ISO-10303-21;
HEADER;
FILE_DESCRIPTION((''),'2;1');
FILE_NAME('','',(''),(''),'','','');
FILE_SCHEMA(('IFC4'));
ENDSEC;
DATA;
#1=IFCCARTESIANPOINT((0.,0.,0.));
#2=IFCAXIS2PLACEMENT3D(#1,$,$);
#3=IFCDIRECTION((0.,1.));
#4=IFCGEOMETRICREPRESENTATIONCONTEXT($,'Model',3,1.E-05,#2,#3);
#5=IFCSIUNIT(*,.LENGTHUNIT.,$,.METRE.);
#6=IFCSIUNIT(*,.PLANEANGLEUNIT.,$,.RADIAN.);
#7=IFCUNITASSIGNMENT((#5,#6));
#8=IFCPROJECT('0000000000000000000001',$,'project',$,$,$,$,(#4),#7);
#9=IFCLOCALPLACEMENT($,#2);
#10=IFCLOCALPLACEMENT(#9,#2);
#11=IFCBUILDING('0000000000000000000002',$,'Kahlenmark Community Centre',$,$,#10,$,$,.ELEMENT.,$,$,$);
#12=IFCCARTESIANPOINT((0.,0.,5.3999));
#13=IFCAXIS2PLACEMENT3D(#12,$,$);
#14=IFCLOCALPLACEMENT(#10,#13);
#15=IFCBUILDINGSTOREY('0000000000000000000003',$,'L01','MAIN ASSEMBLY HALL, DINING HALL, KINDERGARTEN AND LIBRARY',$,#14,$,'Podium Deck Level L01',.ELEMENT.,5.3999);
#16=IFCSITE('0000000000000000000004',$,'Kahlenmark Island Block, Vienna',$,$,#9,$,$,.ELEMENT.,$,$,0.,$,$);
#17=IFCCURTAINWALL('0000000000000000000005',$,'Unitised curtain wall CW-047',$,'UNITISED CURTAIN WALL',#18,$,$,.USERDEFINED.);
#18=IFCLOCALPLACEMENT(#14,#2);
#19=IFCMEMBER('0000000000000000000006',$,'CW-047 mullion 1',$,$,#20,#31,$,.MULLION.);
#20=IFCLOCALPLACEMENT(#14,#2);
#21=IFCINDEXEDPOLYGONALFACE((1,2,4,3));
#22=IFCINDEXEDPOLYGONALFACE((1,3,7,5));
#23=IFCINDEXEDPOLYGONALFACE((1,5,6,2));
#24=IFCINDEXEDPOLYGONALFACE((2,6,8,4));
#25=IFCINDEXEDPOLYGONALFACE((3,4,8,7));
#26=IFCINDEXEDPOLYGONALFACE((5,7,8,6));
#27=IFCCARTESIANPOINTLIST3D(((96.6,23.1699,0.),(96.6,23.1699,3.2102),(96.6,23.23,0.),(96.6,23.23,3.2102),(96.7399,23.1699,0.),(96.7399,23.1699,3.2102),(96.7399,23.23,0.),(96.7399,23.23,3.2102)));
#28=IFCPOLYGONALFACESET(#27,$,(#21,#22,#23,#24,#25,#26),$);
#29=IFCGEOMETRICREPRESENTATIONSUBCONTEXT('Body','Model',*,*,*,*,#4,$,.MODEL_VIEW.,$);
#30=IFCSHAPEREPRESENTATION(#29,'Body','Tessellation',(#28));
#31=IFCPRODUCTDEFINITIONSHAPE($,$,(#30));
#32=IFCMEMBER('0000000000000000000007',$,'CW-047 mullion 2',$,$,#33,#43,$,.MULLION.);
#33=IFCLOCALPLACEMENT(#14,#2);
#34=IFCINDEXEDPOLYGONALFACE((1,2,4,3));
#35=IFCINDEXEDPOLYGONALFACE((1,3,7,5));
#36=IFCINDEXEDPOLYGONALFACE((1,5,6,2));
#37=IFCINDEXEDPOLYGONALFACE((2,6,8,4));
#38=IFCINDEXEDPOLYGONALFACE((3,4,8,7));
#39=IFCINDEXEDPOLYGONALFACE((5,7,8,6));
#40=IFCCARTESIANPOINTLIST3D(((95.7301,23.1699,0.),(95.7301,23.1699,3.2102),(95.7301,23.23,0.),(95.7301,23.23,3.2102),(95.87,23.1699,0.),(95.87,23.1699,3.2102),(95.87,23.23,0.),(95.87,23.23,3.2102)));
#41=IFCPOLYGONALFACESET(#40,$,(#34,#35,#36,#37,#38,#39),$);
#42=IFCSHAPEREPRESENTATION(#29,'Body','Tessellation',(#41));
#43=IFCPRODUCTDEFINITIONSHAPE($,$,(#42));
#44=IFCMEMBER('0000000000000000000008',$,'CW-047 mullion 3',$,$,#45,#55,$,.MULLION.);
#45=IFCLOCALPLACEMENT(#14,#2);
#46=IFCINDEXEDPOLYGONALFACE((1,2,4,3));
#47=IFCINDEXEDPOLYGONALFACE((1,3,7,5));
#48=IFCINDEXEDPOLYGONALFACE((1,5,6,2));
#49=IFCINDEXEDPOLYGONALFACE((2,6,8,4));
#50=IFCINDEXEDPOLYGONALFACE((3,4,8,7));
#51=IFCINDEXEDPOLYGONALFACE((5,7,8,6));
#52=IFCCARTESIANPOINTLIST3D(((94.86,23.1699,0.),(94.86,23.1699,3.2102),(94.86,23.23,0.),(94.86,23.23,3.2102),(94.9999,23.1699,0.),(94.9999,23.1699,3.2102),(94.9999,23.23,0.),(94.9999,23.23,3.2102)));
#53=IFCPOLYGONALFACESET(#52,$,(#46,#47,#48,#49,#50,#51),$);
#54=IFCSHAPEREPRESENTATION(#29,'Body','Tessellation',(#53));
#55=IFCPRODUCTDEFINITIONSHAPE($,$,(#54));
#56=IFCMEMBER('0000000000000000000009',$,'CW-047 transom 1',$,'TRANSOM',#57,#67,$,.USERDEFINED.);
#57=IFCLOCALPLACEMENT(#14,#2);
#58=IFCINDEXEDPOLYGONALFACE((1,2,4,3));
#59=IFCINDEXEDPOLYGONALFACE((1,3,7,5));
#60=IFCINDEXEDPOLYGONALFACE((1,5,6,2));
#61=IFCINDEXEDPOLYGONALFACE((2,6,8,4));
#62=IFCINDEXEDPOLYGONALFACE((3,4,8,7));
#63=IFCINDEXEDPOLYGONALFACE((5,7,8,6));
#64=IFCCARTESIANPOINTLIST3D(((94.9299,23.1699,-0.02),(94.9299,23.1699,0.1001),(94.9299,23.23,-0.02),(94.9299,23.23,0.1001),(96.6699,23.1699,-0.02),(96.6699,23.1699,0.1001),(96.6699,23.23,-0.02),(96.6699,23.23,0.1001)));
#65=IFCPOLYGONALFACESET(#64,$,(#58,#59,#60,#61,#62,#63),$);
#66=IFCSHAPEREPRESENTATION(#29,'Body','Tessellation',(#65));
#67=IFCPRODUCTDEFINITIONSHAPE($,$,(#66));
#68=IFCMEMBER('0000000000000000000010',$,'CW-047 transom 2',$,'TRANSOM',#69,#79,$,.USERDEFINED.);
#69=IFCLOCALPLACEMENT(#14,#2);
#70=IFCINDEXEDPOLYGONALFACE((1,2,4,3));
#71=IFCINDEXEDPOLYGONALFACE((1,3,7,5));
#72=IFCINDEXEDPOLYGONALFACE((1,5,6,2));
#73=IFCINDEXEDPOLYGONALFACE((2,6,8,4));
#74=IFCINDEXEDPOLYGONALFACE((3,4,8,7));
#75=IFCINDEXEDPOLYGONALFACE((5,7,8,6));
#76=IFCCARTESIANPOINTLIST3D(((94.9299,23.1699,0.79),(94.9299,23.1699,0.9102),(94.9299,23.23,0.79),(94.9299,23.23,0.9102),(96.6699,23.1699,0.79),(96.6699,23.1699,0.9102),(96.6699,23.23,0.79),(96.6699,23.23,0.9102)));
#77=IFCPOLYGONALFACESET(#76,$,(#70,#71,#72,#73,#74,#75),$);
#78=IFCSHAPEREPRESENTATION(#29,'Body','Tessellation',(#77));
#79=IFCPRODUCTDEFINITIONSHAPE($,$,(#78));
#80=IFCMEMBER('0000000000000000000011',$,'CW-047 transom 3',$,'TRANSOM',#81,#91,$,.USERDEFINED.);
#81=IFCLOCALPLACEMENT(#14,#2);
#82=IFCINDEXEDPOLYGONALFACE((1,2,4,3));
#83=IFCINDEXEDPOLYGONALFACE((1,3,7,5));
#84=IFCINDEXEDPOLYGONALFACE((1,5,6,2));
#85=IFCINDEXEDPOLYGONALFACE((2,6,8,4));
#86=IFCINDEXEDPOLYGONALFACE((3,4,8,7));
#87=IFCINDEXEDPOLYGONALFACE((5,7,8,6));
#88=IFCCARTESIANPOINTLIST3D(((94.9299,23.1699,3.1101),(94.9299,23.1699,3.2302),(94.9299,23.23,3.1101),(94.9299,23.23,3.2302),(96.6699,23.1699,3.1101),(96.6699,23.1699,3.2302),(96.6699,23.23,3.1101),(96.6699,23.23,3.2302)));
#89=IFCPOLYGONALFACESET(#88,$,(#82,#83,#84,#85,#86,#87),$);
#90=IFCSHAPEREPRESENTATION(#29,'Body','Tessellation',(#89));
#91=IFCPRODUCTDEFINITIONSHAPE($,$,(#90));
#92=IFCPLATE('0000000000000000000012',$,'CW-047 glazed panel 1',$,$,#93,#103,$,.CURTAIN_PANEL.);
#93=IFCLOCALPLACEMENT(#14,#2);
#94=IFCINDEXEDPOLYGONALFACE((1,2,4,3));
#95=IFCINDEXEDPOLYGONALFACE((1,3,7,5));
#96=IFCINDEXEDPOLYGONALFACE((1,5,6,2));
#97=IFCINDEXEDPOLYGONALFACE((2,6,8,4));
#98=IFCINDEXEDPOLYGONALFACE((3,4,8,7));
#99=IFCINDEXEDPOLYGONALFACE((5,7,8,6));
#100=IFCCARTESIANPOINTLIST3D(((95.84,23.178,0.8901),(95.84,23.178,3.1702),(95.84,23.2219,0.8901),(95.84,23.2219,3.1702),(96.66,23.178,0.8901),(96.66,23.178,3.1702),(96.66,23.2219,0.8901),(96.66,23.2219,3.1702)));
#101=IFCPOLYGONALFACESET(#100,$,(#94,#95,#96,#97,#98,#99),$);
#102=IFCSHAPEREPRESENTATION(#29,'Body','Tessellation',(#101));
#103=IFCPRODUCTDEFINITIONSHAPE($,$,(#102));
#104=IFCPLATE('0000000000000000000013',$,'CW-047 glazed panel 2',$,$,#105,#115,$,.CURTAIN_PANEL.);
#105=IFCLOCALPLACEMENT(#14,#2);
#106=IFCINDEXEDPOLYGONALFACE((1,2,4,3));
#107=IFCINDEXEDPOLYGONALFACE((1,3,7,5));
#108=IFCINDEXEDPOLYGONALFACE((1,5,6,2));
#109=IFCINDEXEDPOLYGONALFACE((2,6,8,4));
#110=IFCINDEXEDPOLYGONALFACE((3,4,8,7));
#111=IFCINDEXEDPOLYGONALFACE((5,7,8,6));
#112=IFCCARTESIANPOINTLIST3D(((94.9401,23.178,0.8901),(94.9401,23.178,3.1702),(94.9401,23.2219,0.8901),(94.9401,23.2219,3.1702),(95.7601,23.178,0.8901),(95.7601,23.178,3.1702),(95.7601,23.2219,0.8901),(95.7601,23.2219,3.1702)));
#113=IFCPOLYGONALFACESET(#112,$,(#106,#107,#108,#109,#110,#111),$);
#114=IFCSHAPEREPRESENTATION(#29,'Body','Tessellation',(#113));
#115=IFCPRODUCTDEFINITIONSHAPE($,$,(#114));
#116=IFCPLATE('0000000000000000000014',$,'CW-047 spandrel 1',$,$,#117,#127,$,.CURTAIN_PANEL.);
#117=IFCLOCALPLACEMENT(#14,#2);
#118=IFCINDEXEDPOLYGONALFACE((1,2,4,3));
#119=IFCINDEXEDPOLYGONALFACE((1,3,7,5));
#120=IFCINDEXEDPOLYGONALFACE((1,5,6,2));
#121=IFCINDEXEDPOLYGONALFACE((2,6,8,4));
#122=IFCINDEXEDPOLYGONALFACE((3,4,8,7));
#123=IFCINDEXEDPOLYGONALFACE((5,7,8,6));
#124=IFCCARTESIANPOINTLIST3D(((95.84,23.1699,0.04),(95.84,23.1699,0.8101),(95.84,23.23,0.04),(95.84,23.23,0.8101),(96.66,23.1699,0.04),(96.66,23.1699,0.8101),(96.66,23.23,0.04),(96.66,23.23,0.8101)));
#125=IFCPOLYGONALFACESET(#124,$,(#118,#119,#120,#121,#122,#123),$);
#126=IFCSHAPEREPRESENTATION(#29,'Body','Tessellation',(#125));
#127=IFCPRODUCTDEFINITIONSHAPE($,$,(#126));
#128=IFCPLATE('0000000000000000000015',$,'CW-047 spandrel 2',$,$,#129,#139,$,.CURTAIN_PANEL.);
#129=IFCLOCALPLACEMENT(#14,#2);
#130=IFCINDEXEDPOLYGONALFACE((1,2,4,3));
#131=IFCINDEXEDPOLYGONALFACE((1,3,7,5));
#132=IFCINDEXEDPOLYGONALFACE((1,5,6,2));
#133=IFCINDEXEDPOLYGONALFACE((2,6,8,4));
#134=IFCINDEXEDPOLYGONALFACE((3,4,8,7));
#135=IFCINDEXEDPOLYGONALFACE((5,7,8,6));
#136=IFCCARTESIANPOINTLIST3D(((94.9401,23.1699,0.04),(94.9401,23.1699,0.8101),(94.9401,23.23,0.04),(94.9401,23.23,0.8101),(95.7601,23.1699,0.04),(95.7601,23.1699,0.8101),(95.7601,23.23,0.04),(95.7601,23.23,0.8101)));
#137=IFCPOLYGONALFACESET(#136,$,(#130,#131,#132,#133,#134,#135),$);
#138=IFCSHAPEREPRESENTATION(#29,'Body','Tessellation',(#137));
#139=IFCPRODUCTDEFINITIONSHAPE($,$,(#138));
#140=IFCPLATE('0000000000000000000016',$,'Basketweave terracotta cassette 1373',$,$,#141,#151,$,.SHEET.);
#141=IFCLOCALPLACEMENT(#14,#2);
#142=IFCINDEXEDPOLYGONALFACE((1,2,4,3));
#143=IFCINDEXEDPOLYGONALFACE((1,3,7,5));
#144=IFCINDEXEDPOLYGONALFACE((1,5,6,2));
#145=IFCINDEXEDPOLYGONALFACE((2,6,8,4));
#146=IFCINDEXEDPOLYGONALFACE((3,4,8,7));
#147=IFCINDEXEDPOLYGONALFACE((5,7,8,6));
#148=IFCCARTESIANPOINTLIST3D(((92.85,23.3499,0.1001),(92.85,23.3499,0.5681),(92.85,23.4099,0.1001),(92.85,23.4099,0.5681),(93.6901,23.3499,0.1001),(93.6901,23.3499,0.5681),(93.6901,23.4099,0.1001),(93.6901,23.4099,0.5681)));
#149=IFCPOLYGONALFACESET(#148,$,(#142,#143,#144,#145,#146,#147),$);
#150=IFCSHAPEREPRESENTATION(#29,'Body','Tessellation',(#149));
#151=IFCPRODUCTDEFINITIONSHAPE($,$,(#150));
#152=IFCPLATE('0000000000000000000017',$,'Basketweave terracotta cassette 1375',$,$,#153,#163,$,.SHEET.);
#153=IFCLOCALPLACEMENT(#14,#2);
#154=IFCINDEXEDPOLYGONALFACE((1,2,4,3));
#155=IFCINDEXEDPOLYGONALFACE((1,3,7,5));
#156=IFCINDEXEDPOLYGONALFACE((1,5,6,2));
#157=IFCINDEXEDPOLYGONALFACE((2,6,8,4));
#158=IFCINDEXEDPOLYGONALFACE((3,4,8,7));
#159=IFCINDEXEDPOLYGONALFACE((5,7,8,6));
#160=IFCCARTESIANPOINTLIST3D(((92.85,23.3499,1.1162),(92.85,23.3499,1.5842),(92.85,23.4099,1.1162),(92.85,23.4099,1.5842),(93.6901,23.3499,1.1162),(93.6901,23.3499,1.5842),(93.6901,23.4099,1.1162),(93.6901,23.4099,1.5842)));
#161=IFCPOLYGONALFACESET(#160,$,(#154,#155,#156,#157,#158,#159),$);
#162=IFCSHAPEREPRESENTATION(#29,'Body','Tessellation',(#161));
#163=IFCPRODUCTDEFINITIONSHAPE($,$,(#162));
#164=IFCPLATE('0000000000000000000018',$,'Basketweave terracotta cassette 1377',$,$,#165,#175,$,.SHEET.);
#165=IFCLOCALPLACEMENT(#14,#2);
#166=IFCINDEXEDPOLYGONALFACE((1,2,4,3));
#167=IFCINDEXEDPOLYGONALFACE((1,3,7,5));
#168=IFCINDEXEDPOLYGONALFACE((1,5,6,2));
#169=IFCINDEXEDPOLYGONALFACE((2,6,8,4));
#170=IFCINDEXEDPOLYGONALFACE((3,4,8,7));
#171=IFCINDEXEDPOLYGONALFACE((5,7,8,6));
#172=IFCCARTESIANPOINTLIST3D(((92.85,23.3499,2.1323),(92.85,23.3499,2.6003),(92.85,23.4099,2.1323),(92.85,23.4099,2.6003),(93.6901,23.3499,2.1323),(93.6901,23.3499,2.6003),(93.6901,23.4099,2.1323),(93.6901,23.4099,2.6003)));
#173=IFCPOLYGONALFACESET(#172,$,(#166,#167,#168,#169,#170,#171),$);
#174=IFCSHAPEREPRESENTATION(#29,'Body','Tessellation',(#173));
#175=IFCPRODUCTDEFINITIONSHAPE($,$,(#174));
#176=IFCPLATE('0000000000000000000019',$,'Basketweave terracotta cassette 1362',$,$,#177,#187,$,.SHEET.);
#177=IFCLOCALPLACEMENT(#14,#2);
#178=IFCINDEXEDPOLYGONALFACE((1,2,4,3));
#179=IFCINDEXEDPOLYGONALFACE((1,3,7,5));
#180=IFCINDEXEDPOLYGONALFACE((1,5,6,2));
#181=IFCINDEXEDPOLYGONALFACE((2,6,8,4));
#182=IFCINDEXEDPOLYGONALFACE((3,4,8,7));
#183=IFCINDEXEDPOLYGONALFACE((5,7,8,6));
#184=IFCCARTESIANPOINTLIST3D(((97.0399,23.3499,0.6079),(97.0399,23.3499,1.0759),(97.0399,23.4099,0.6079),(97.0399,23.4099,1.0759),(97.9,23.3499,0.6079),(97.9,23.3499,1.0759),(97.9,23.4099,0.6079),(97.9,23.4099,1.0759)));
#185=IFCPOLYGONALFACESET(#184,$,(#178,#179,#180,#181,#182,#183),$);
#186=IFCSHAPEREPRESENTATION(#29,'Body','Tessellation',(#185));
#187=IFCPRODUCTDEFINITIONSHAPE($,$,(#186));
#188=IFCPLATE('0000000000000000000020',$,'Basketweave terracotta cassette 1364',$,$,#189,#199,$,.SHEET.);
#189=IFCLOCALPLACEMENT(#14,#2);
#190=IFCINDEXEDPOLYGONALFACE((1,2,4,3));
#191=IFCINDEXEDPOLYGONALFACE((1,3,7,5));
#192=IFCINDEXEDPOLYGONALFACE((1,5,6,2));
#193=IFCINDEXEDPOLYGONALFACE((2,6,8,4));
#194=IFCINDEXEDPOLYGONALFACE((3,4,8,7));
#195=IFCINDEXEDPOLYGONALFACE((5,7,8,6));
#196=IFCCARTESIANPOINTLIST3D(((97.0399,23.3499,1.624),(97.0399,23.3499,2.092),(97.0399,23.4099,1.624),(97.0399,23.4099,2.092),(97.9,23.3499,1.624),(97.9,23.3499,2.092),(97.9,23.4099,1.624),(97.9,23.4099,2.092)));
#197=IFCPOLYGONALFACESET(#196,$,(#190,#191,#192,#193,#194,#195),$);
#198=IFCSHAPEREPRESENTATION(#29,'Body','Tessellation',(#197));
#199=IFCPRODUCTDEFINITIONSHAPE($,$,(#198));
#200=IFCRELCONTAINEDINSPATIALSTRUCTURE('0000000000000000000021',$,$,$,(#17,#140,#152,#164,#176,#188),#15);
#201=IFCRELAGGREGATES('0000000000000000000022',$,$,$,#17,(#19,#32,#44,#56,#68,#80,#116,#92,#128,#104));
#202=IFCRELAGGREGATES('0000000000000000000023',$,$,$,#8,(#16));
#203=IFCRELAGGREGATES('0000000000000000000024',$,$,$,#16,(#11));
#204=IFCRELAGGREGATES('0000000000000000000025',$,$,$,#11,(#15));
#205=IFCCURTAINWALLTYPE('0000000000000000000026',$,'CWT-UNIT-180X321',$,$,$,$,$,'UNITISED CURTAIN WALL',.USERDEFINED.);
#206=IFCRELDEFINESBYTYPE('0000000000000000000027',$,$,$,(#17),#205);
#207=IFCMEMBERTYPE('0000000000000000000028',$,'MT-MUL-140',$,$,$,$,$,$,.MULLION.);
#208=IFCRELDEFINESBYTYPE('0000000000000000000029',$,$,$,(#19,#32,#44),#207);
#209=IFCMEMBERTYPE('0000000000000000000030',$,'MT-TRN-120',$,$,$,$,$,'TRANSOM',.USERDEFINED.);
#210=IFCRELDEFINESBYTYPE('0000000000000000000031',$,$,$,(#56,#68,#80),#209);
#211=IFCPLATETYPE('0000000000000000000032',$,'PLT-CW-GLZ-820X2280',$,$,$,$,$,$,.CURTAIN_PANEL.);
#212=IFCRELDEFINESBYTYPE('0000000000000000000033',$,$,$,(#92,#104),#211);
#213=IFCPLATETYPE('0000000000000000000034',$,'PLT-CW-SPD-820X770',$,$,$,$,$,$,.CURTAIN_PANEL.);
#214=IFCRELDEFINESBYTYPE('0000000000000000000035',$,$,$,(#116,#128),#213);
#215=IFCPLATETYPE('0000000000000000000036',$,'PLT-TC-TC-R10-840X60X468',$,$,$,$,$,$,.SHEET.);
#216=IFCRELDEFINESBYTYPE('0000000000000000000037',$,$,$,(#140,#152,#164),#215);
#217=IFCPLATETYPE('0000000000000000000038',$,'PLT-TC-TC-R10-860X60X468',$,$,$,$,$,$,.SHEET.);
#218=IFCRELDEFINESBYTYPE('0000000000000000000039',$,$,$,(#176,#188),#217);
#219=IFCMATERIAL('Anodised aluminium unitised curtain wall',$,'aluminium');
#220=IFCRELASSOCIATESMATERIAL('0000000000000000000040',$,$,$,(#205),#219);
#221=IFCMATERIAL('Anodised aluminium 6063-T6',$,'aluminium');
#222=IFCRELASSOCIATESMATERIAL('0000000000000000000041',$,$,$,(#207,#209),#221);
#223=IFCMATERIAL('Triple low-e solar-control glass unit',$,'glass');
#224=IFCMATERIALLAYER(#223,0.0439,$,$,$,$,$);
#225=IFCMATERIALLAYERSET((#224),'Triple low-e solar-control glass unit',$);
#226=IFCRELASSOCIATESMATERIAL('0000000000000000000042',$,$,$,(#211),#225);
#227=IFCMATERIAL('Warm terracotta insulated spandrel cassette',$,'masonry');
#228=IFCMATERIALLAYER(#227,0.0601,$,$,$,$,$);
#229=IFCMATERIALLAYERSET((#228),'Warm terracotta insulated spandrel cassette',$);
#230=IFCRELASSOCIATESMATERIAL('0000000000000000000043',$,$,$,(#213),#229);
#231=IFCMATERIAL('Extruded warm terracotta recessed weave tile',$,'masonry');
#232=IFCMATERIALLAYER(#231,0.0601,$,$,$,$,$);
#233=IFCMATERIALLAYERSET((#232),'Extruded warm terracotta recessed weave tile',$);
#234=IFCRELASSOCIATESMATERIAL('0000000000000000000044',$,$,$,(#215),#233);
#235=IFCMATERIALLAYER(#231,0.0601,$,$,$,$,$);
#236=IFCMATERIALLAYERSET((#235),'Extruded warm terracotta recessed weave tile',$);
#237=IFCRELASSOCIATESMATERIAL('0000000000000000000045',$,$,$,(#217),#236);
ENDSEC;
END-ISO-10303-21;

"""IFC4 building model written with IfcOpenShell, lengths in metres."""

from ifc_helpers import new_model, si_unit, direction, frame, origin, origin_2d, place, context, subcontext, project, spatial, rectangle, extrude, material, layer, layer_set, material_profile, profile_set, type_object, element, aggregate, save


model = new_model("IFC4")

# Units and contexts
model_context = context("Model", 3, precision=1e-05, world=origin(), true_north=direction((0.0, 1.0)))
body_context = subcontext(model_context, "Body", "Model", "MODEL_VIEW")
ifc_project = project(units=[si_unit("LENGTHUNIT", "METRE"), si_unit("PLANEANGLEUNIT", "RADIAN")], contexts=[model_context])

# Site, building, storey
site_placement = place(None, origin())
site = spatial("IfcSite", under=ifc_project, at=site_placement, Name="Kahlenmark Island Block, Vienna", CompositionType="ELEMENT", RefElevation=0.0)
building_placement = place(site_placement, origin())
building = spatial("IfcBuilding", under=site, at=building_placement, Name="Kahlenmark Community Centre", CompositionType="ELEMENT")
storey_placement = place(building_placement, frame((0.0, 0.0, 5.3999)))
storey = spatial("IfcBuildingStorey", under=building, at=storey_placement, Name="L01", Description="MAIN ASSEMBLY HALL, DINING HALL, KINDERGARTEN AND LIBRARY", LongName="Podium Deck Level L01", CompositionType="ELEMENT", Elevation=5.3999)

# Curtain wall, members, plates
ifc_material_1 = material(Name="Anodised aluminium unitised curtain wall", Category="aluminium")
curtain_wall_type = type_object("IfcCurtainWallType", Name="CWT-UNIT-180X321", ElementType="UNITISED CURTAIN WALL", PredefinedType="USERDEFINED", material=ifc_material_1)
curtain_wall_placement = place(storey_placement, origin())
curtain_wall = element("IfcCurtainWall", 1, at=curtain_wall_placement, inside=storey, type_object=curtain_wall_type, Name="Unitised curtain wall CW-047", ObjectType="UNITISED CURTAIN WALL", PredefinedType="USERDEFINED")
ifc_material_2 = material(Name="Anodised aluminium 6063-T6", Category="aluminium")
ifc_material_profile_1 = material_profile(ifc_material_2, rectangle(XDim=0.0601, YDim=0.1399, at=origin_2d()), Name="ALU MULLION 60x140")
ifc_profile_set_1 = profile_set([ifc_material_profile_1], Name="Anodised aluminium 6063-T6")
member_type_1 = type_object("IfcMemberType", Name="MT-MUL-140", PredefinedType="MULLION", material=ifc_profile_set_1)
member_1_placement = place(storey_placement, frame((96.6699, 23.2, 0.0), z_axis=(0.0, 0.0, 1.0), x_axis=(0.0, -1.0, 0.0)))
member_1 = element("IfcMember", 2, at=member_1_placement, type_object=member_type_1, Name="CW-047 mullion 1", PredefinedType="MULLION", context=body_context, shape_type="SweptSolid", body=[
    extrude(rectangle(XDim=0.0601, YDim=0.1399, at=origin_2d()), origin(), (0.0, 0.0, 1.0), 3.2102),
])
member_2_placement = place(storey_placement, frame((95.8, 23.2, 0.0), z_axis=(0.0, 0.0, 1.0), x_axis=(0.0, -1.0, 0.0)))
member_2 = element("IfcMember", 3, at=member_2_placement, type_object=member_type_1, Name="CW-047 mullion 2", PredefinedType="MULLION", context=body_context, shape_type="SweptSolid", body=[
    extrude(rectangle(XDim=0.0601, YDim=0.1399, at=origin_2d()), origin(), (0.0, 0.0, 1.0), 3.2102),
])
member_3_placement = place(storey_placement, frame((94.9299, 23.2, 0.0), z_axis=(0.0, 0.0, 1.0), x_axis=(0.0, -1.0, 0.0)))
member_3 = element("IfcMember", 4, at=member_3_placement, type_object=member_type_1, Name="CW-047 mullion 3", PredefinedType="MULLION", context=body_context, shape_type="SweptSolid", body=[
    extrude(rectangle(XDim=0.0601, YDim=0.1399, at=origin_2d()), origin(), (0.0, 0.0, 1.0), 3.2102),
])
ifc_material_profile_2 = material_profile(ifc_material_2, rectangle(XDim=0.0601, YDim=0.1201, at=origin_2d()), Name="ALU TRANSOM 60x120")
ifc_profile_set_2 = profile_set([ifc_material_profile_2], Name="Anodised aluminium 6063-T6")
member_type_2 = type_object("IfcMemberType", Name="MT-TRN-120", ElementType="TRANSOM", PredefinedType="USERDEFINED", material=ifc_profile_set_2)
member_4_placement = place(storey_placement, frame((96.6699, 23.2, 0.04), z_axis=(-1.0, 0.0, 0.0), x_axis=(0.0, -1.0, 0.0)))
member_4 = element("IfcMember", 5, at=member_4_placement, type_object=member_type_2, Name="CW-047 transom 1", ObjectType="TRANSOM", PredefinedType="USERDEFINED", context=body_context, shape_type="SweptSolid", body=[
    extrude(rectangle(XDim=0.0601, YDim=0.1201, at=origin_2d()), origin(), (0.0, 0.0, 1.0), 1.74),
])
member_5_placement = place(storey_placement, frame((96.6699, 23.2, 0.8501), z_axis=(-1.0, 0.0, 0.0), x_axis=(0.0, -1.0, 0.0)))
member_5 = element("IfcMember", 6, at=member_5_placement, type_object=member_type_2, Name="CW-047 transom 2", ObjectType="TRANSOM", PredefinedType="USERDEFINED", context=body_context, shape_type="SweptSolid", body=[
    extrude(rectangle(XDim=0.0601, YDim=0.1201, at=origin_2d()), origin(), (0.0, 0.0, 1.0), 1.74),
])
member_6_placement = place(storey_placement, frame((96.6699, 23.2, 3.1702), z_axis=(-1.0, 0.0, 0.0), x_axis=(0.0, -1.0, 0.0)))
member_6 = element("IfcMember", 7, at=member_6_placement, type_object=member_type_2, Name="CW-047 transom 3", ObjectType="TRANSOM", PredefinedType="USERDEFINED", context=body_context, shape_type="SweptSolid", body=[
    extrude(rectangle(XDim=0.0601, YDim=0.1201, at=origin_2d()), origin(), (0.0, 0.0, 1.0), 1.74),
])
ifc_material_3 = material(Name="Triple low-e solar-control glass unit", Category="glass")
ifc_layer_1 = layer(ifc_material_3, 0.0439)
ifc_layer_set_1 = layer_set([ifc_layer_1], Name="Triple low-e solar-control glass unit")
plate_type_1 = type_object("IfcPlateType", Name="PLT-CW-GLZ-820X2280", PredefinedType="CURTAIN_PANEL", material=ifc_layer_set_1)
plate_1_placement = place(storey_placement, frame((96.25, 23.2, 0.8901), z_axis=(0.0, 0.0, 1.0), x_axis=(-1.0, 0.0, 0.0)))
plate_1 = element("IfcPlate", 8, at=plate_1_placement, type_object=plate_type_1, Name="CW-047 glazed panel 1", PredefinedType="CURTAIN_PANEL", context=body_context, shape_type="SweptSolid", body=[
    extrude(rectangle(XDim=0.8201, YDim=0.0439, at=origin_2d()), origin(), (0.0, 0.0, 1.0), 2.28),
])
plate_2_placement = place(storey_placement, frame((95.3501, 23.2, 0.8901), z_axis=(0.0, 0.0, 1.0), x_axis=(-1.0, 0.0, 0.0)))
plate_2 = element("IfcPlate", 9, at=plate_2_placement, type_object=plate_type_1, Name="CW-047 glazed panel 2", PredefinedType="CURTAIN_PANEL", context=body_context, shape_type="SweptSolid", body=[
    extrude(rectangle(XDim=0.8201, YDim=0.0439, at=origin_2d()), origin(), (0.0, 0.0, 1.0), 2.28),
])
ifc_material_4 = material(Name="Warm terracotta insulated spandrel cassette", Category="masonry")
ifc_layer_2 = layer(ifc_material_4, 0.0601)
ifc_layer_set_2 = layer_set([ifc_layer_2], Name="Warm terracotta insulated spandrel cassette")
plate_type_2 = type_object("IfcPlateType", Name="PLT-CW-SPD-820X770", PredefinedType="CURTAIN_PANEL", material=ifc_layer_set_2)
plate_3_placement = place(storey_placement, frame((96.25, 23.2, 0.04), z_axis=(0.0, 0.0, 1.0), x_axis=(-1.0, 0.0, 0.0)))
plate_3 = element("IfcPlate", 10, at=plate_3_placement, type_object=plate_type_2, Name="CW-047 spandrel 1", PredefinedType="CURTAIN_PANEL", context=body_context, shape_type="SweptSolid", body=[
    extrude(rectangle(XDim=0.8201, YDim=0.0601, at=origin_2d()), origin(), (0.0, 0.0, 1.0), 0.77),
])
plate_4_placement = place(storey_placement, frame((95.3501, 23.2, 0.04), z_axis=(0.0, 0.0, 1.0), x_axis=(-1.0, 0.0, 0.0)))
plate_4 = element("IfcPlate", 11, at=plate_4_placement, type_object=plate_type_2, Name="CW-047 spandrel 2", PredefinedType="CURTAIN_PANEL", context=body_context, shape_type="SweptSolid", body=[
    extrude(rectangle(XDim=0.8201, YDim=0.0601, at=origin_2d()), origin(), (0.0, 0.0, 1.0), 0.77),
])
aggregate(curtain_wall, [member_1, member_2, member_3, member_4, member_5, member_6, plate_3, plate_1, plate_4, plate_2])

# Plates
ifc_material_5 = material(Name="Extruded warm terracotta recessed weave tile", Category="masonry")
ifc_layer_3 = layer(ifc_material_5, 0.0601)
ifc_layer_set_3 = layer_set([ifc_layer_3], Name="Extruded warm terracotta recessed weave tile")
plate_type_3 = type_object("IfcPlateType", Name="PLT-TC-TC-R10-840X60X468", PredefinedType="SHEET", material=ifc_layer_set_3)
for number, where, z_axis, x_axis, name in (
    (12, (93.27, 23.3799, 0.1001), (0.0, 0.0, 1.0), (-1.0, 0.0, 0.0), "Basketweave terracotta cassette 1373"),
    (13, (93.27, 23.3799, 1.1162), (0.0, 0.0, 1.0), (-1.0, 0.0, 0.0), "Basketweave terracotta cassette 1375"),
    (14, (93.27, 23.3799, 2.1323), (0.0, 0.0, 1.0), (-1.0, 0.0, 0.0), "Basketweave terracotta cassette 1377"),
):
    element("IfcPlate", number, at=place(storey_placement, frame(where, z_axis=z_axis, x_axis=x_axis)), inside=storey, type_object=plate_type_3, Name=name, PredefinedType="SHEET", context=body_context, shape_type="SweptSolid", body=[
        extrude(rectangle(XDim=0.8401, YDim=0.0601, at=origin_2d()), origin(), (0.0, 0.0, 1.0), 0.468),
    ])
ifc_layer_4 = layer(ifc_material_5, 0.0601)
ifc_layer_set_4 = layer_set([ifc_layer_4], Name="Extruded warm terracotta recessed weave tile")
plate_type_4 = type_object("IfcPlateType", Name="PLT-TC-TC-R10-860X60X468", PredefinedType="SHEET", material=ifc_layer_set_4)
for number, where, z_axis, x_axis, name in (
    (15, (97.47, 23.3799, 0.6079), (0.0, 0.0, 1.0), (-1.0, 0.0, 0.0), "Basketweave terracotta cassette 1362"),
    (16, (97.47, 23.3799, 1.624), (0.0, 0.0, 1.0), (-1.0, 0.0, 0.0), "Basketweave terracotta cassette 1364"),
):
    element("IfcPlate", number, at=place(storey_placement, frame(where, z_axis=z_axis, x_axis=x_axis)), inside=storey, type_object=plate_type_4, Name=name, PredefinedType="SHEET", context=body_context, shape_type="SweptSolid", body=[
        extrude(rectangle(XDim=0.8601, YDim=0.0601, at=origin_2d()), origin(), (0.0, 0.0, 1.0), 0.468),
    ])

save(model, "model.ifc")
